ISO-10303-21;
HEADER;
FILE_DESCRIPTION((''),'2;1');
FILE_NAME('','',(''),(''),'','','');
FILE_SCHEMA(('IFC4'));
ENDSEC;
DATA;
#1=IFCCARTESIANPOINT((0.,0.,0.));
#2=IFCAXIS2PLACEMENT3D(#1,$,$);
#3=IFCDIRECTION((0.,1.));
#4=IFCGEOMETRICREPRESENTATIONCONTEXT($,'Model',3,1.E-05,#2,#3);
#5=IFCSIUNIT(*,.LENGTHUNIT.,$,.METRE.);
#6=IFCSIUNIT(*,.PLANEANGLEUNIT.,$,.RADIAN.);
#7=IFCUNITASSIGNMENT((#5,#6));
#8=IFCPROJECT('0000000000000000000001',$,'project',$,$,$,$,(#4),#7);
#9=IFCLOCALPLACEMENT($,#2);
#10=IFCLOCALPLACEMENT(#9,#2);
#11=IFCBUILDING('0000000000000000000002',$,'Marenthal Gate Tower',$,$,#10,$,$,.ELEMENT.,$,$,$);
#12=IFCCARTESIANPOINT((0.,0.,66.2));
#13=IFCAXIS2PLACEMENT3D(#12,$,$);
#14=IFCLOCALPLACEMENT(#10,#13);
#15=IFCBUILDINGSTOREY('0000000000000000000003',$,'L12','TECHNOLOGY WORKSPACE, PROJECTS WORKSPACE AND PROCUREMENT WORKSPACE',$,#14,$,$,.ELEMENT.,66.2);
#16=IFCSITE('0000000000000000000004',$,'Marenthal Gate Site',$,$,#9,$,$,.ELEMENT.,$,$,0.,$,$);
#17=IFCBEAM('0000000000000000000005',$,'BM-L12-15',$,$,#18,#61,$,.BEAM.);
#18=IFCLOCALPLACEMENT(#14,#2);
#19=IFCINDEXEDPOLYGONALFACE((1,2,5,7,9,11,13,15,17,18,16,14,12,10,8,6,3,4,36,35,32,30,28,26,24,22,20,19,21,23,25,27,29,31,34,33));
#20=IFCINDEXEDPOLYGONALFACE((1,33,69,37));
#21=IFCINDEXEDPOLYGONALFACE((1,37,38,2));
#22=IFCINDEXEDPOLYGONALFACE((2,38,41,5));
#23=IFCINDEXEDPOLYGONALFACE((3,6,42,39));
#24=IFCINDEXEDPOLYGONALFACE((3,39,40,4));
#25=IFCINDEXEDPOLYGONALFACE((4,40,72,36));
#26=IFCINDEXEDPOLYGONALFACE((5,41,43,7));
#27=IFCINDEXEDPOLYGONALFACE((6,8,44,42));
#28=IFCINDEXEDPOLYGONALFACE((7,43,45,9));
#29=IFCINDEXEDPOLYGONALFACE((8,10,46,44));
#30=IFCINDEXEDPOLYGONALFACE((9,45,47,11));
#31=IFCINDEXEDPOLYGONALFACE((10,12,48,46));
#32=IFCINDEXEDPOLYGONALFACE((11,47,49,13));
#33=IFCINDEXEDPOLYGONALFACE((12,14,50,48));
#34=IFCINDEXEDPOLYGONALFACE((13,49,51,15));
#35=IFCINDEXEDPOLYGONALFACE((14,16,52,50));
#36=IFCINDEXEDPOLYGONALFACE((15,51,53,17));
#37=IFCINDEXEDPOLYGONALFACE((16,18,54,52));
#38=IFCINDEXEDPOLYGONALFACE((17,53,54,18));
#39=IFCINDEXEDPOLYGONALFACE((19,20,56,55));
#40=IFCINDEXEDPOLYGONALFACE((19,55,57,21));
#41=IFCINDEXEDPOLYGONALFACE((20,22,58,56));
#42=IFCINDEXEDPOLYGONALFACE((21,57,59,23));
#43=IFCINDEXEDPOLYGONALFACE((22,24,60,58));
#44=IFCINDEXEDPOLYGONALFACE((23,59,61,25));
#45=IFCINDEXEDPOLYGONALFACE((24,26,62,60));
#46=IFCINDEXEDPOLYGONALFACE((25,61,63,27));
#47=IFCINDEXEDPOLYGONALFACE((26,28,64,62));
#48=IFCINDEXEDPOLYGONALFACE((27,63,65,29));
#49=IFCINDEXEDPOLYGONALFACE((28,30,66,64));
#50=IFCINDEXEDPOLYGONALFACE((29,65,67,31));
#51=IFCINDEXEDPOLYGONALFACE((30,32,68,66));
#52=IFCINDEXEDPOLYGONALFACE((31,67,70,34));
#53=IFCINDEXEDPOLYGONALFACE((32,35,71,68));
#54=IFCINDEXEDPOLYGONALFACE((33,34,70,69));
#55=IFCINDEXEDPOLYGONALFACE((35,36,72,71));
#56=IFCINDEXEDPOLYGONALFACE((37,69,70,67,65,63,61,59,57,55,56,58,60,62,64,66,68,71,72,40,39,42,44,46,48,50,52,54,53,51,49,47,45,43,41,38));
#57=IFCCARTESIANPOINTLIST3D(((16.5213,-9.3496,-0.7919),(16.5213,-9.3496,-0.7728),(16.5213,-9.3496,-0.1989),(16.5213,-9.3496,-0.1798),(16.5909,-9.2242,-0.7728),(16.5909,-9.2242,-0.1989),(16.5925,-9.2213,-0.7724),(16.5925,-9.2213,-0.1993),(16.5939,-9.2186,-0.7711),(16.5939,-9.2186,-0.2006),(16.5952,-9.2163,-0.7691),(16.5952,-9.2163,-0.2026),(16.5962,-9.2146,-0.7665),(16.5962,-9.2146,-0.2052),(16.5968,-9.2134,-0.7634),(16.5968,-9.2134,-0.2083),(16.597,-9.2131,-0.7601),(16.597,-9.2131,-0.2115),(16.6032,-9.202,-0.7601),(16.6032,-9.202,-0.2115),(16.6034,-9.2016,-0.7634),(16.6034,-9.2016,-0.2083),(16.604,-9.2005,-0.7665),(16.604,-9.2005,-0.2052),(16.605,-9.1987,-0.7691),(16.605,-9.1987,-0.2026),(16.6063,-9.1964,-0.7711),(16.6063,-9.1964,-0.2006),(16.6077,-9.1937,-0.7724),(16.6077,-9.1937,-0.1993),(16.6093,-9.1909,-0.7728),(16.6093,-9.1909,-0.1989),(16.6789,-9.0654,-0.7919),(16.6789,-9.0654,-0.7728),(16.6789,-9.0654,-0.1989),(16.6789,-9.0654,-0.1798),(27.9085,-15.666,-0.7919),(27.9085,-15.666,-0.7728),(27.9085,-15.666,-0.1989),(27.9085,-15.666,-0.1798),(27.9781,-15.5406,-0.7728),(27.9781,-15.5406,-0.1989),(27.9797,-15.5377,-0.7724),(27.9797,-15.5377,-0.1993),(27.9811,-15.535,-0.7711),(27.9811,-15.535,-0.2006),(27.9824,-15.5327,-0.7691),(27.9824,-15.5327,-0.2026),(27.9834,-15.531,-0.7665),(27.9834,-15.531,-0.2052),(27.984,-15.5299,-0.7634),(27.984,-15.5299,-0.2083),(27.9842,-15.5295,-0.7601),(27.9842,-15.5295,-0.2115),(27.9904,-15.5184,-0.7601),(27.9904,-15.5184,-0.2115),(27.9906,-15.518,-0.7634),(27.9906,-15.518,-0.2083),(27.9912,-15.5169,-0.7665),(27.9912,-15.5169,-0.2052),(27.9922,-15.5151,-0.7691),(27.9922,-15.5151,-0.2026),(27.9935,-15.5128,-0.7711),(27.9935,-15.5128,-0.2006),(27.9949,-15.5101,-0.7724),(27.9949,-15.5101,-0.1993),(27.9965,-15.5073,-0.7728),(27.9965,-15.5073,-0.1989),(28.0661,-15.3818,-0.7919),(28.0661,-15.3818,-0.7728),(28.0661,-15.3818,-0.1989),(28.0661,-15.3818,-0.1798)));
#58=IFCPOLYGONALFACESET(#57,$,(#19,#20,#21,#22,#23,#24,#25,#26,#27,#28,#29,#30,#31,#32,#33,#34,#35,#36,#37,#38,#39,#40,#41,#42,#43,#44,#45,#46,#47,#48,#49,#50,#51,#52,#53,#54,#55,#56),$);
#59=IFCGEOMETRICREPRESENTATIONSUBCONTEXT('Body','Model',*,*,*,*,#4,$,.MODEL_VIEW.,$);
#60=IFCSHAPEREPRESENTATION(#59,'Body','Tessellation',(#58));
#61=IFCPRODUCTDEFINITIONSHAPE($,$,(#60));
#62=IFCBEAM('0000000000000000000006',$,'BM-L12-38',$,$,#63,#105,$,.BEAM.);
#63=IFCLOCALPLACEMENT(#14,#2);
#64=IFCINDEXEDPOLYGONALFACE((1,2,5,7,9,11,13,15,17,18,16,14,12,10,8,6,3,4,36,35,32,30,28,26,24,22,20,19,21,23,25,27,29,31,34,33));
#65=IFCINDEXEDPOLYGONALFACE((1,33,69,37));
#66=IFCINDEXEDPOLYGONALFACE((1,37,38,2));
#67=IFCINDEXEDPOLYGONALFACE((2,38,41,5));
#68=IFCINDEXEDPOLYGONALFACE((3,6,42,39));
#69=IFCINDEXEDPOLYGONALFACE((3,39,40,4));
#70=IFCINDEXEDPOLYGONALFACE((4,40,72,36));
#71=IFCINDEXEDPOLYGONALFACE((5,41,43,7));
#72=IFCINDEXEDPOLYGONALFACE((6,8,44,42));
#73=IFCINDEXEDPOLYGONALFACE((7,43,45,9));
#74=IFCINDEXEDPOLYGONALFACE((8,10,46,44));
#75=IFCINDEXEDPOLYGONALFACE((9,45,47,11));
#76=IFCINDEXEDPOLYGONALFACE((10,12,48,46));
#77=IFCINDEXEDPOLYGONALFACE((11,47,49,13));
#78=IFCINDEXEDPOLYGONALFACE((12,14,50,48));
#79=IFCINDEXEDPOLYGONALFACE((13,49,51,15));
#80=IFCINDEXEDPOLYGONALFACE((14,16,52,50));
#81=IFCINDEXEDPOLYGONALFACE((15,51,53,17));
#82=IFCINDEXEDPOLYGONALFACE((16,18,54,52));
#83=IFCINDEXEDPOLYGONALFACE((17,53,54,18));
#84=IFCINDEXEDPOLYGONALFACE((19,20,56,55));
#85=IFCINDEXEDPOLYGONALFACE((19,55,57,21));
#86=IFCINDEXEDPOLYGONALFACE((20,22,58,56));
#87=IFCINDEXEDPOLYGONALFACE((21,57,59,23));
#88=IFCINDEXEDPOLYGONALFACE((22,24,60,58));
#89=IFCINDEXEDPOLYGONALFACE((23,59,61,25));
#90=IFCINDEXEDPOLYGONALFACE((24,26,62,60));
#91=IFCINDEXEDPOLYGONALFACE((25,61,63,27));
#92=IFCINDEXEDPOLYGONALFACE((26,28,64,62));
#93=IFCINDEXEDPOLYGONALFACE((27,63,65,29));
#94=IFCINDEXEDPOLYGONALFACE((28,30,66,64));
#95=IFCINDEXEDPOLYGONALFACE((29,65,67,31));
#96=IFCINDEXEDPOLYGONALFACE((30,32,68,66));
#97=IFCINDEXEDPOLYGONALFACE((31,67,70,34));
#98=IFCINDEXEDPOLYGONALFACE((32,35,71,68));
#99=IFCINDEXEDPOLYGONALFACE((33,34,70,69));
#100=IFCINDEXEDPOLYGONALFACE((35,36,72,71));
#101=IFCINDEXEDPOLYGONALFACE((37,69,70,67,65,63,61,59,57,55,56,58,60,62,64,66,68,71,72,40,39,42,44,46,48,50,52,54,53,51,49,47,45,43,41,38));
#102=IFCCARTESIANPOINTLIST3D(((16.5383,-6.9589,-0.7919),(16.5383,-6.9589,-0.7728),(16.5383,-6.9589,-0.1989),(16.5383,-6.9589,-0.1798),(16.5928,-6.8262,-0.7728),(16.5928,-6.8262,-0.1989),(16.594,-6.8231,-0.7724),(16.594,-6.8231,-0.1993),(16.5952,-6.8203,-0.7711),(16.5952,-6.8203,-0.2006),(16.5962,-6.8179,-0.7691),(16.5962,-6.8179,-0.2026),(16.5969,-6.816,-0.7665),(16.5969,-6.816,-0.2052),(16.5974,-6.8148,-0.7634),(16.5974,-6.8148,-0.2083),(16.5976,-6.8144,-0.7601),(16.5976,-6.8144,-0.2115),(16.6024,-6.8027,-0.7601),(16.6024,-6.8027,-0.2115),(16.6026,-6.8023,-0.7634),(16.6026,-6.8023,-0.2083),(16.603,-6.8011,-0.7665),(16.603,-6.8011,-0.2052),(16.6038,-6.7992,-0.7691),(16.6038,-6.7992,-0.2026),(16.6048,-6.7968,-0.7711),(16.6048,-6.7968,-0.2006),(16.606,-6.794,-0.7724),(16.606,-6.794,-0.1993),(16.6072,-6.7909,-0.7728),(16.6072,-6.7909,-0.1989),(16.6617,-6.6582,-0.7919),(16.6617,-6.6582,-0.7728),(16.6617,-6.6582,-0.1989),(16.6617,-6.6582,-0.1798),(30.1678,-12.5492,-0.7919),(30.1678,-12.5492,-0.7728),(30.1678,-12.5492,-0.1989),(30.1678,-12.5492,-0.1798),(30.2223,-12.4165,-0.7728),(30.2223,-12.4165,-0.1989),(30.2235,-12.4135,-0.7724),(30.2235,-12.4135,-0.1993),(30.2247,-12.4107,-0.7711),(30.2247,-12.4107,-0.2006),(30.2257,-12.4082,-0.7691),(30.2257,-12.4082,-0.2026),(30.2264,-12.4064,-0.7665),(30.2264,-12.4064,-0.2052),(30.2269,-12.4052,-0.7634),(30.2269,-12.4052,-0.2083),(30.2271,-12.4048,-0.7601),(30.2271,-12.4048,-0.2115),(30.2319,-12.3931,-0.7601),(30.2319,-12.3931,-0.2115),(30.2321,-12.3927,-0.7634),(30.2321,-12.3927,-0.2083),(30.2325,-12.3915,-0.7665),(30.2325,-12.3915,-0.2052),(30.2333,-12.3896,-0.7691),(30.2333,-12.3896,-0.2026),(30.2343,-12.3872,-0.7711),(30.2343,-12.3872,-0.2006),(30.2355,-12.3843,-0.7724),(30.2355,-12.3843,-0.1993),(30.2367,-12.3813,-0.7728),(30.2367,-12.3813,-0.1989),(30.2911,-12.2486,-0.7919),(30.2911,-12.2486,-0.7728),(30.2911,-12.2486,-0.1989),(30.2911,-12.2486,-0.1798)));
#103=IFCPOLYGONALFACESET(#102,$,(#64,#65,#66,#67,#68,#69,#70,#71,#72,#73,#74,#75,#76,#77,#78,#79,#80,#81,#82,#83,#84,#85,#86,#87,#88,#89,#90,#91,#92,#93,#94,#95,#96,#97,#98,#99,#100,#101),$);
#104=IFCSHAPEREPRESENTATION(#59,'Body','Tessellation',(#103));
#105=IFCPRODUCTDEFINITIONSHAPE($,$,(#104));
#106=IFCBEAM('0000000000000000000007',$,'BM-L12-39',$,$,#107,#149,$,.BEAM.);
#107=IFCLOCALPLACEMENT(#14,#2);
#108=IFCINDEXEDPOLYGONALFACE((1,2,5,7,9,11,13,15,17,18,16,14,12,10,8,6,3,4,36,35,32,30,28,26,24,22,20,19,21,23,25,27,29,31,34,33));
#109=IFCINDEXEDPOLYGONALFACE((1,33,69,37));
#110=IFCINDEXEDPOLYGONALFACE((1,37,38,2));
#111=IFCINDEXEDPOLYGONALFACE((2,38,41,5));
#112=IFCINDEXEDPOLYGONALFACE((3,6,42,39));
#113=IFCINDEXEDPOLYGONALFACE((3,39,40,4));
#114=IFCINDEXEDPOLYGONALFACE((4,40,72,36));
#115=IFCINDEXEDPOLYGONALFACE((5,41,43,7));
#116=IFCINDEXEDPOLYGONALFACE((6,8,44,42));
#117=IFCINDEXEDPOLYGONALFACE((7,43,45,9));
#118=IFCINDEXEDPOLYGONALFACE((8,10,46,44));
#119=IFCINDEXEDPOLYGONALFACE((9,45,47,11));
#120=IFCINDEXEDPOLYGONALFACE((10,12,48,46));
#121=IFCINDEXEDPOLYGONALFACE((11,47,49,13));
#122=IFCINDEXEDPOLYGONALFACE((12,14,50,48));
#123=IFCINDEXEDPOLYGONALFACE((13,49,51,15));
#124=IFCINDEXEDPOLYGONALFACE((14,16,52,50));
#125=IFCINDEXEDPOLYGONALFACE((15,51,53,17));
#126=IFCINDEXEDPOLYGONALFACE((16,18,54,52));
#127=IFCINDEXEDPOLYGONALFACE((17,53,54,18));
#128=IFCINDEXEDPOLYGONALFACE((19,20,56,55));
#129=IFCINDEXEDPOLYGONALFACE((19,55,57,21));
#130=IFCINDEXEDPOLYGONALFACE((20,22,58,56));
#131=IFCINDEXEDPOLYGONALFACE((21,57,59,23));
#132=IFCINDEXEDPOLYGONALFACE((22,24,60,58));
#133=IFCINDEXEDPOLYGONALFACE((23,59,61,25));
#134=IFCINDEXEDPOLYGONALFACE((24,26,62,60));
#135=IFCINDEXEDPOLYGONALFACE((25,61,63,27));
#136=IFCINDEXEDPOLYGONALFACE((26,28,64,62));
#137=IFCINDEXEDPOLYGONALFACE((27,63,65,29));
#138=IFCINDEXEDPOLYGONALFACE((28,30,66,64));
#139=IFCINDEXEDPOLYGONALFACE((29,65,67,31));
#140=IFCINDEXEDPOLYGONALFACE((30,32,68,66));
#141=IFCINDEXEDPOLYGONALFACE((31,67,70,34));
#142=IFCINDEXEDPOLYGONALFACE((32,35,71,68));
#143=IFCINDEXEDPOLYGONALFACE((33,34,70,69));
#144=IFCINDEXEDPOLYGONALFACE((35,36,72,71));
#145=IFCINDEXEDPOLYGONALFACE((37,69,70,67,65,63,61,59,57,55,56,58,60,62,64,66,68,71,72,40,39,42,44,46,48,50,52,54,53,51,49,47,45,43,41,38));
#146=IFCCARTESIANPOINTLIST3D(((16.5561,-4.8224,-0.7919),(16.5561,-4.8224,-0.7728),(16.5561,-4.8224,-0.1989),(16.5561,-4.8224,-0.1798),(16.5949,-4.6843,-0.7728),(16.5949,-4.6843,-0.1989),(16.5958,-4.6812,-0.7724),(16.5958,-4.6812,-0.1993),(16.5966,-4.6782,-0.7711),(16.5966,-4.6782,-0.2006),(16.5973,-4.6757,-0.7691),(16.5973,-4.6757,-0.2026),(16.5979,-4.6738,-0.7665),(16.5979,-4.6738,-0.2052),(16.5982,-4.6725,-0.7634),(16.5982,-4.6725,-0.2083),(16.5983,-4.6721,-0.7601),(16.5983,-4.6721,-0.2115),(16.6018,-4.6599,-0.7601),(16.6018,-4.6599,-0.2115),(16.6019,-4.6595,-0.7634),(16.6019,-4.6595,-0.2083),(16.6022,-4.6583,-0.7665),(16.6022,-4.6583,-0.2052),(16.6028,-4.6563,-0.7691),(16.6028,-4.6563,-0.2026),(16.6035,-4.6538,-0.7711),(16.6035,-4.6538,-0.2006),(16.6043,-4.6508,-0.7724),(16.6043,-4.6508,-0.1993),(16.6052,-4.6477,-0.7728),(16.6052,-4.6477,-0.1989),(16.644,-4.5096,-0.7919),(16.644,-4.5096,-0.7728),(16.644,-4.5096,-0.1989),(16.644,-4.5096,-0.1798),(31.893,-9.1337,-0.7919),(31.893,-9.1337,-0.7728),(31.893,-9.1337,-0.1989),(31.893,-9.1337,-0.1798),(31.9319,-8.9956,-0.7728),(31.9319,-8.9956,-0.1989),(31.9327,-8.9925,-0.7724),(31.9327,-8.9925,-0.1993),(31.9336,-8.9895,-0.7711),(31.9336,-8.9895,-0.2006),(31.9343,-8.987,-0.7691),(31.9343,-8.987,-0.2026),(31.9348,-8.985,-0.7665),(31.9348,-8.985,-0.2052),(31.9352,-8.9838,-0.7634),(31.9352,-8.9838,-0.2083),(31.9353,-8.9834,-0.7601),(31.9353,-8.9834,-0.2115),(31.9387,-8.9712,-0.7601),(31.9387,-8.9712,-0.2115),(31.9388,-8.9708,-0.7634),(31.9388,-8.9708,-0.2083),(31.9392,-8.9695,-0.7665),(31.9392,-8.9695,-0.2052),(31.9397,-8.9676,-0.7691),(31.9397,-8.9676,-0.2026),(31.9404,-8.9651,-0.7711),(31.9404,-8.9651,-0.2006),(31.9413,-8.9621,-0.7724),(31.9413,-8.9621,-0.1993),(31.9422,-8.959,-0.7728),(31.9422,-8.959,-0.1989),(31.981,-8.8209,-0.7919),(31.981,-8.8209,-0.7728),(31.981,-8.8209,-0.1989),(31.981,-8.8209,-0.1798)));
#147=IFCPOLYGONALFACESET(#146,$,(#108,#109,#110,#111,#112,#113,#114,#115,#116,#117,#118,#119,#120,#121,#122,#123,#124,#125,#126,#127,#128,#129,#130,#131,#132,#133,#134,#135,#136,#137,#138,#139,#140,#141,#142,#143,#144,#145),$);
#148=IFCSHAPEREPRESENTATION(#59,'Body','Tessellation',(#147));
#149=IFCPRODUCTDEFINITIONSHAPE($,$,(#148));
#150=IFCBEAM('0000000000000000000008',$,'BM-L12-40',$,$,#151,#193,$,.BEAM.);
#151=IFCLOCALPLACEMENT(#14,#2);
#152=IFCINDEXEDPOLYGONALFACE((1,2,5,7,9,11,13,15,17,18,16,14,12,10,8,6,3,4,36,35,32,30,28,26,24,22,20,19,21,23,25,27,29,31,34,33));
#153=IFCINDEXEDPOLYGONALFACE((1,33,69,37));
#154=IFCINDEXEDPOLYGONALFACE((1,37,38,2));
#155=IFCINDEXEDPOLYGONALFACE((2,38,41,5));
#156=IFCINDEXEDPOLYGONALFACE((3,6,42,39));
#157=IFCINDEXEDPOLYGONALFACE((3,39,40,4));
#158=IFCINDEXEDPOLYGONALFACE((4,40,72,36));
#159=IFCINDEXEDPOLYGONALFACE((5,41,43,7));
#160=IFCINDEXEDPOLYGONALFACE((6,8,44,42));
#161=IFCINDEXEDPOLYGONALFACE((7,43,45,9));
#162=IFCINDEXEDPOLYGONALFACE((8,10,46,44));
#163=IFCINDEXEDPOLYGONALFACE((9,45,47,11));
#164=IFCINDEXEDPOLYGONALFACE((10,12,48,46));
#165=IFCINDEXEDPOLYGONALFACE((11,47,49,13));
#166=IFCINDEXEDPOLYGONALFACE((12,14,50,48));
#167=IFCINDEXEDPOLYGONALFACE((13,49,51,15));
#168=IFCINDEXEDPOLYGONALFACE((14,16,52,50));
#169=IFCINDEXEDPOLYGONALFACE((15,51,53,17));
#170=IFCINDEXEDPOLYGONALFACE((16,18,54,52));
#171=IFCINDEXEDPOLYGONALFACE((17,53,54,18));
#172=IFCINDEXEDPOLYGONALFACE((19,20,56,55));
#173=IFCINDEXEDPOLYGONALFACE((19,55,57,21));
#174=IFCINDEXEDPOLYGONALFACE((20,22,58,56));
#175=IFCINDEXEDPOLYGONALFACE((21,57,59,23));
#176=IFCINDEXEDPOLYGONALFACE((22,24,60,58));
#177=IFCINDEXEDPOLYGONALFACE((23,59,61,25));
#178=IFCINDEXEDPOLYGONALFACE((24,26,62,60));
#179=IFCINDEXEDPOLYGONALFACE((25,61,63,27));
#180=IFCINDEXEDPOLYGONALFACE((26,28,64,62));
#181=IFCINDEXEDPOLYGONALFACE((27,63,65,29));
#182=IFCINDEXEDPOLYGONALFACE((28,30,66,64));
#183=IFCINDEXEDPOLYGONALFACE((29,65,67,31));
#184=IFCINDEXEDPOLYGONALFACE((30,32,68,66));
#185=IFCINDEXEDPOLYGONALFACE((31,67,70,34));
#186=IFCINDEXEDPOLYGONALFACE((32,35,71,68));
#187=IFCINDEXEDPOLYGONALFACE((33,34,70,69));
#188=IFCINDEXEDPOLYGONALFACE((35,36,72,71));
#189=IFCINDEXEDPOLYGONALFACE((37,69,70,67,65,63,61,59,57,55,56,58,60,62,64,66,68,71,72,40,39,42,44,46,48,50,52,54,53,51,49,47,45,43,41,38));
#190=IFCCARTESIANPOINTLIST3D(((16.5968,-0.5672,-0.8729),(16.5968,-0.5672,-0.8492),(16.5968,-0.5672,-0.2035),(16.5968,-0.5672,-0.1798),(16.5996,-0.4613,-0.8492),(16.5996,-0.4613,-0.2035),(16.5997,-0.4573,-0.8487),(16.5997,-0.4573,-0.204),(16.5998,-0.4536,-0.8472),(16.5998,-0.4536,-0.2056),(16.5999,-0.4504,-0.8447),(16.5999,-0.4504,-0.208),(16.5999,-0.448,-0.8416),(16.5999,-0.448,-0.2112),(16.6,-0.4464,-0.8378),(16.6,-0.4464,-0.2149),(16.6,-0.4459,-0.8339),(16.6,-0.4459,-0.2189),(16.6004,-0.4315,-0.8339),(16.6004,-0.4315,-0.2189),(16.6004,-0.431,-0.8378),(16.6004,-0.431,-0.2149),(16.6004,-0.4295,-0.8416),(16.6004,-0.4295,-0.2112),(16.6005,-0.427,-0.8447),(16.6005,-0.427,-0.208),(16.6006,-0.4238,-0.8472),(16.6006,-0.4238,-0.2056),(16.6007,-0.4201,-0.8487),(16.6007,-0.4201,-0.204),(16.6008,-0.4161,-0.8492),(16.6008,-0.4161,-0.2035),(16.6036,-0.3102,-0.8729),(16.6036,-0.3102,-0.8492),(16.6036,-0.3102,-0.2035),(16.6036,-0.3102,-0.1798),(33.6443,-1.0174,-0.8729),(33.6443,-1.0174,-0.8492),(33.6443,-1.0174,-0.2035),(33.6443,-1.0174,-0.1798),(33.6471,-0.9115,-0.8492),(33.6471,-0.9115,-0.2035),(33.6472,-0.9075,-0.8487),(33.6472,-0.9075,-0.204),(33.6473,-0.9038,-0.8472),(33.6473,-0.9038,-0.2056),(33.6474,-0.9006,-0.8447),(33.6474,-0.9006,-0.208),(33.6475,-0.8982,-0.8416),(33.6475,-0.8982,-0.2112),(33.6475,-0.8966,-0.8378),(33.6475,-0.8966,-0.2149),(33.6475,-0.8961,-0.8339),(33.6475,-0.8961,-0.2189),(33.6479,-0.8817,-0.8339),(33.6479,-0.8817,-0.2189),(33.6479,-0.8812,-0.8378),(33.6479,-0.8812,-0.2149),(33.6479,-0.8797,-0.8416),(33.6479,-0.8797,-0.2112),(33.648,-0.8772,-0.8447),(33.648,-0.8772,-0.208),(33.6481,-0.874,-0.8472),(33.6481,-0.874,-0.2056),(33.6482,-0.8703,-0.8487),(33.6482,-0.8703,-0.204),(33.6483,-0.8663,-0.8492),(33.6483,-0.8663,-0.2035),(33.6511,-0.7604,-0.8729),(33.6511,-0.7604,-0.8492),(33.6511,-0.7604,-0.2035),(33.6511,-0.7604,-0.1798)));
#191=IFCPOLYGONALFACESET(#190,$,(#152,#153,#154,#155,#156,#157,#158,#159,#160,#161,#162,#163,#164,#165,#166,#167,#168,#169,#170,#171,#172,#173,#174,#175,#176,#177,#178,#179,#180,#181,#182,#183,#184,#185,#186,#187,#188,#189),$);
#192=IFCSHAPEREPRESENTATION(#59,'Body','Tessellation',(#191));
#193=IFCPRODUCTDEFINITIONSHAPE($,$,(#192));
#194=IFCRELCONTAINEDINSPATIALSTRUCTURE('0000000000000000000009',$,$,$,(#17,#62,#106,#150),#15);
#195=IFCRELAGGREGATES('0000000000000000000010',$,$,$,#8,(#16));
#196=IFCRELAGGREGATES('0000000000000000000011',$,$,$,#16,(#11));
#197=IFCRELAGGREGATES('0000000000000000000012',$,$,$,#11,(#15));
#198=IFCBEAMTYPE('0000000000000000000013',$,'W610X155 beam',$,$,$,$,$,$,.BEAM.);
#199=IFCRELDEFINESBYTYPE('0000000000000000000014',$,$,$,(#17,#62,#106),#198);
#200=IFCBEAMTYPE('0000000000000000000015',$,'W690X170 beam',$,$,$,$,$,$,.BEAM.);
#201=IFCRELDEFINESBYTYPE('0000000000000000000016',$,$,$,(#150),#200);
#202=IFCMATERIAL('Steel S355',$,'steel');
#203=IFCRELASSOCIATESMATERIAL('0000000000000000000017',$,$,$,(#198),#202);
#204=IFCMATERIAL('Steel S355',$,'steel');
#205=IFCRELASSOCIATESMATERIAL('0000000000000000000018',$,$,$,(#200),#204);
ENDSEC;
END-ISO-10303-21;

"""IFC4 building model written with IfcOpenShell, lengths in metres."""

from ifc_helpers import new_model, si_unit, direction, frame, origin, origin_2d, place, context, subcontext, project, spatial, i_section, extrude, material, material_profile, profile_set, type_object, element, save


model = new_model("IFC4")

# Units and contexts
model_context = context("Model", 3, precision=1e-05, world=origin(), true_north=direction((0.0, 1.0)))
body_context = subcontext(model_context, "Body", "Model", "MODEL_VIEW")
ifc_project = project(units=[si_unit("LENGTHUNIT", "METRE"), si_unit("PLANEANGLEUNIT", "RADIAN")], contexts=[model_context])

# Site, building, storey
site_placement = place(None, origin())
site = spatial("IfcSite", under=ifc_project, at=site_placement, Name="Marenthal Gate Site", CompositionType="ELEMENT", RefElevation=0.0)
building_placement = place(site_placement, origin())
building = spatial("IfcBuilding", under=site, at=building_placement, Name="Marenthal Gate Tower", CompositionType="ELEMENT")
storey_placement = place(building_placement, frame((0.0, 0.0, 66.2)))
storey = spatial("IfcBuildingStorey", under=building, at=storey_placement, Name="L12", Description="TECHNOLOGY WORKSPACE, PROJECTS WORKSPACE AND PROCUREMENT WORKSPACE", CompositionType="ELEMENT", Elevation=66.2)

# Beams
ifc_material_1 = material(Name="Steel S355", Category="steel")
ifc_material_profile_1 = material_profile(ifc_material_1, i_section(OverallWidth=0.325, OverallDepth=0.6121, WebThickness=0.0127, FlangeThickness=0.019, FilletRadius=0.0127, at=origin_2d()), Name="W610X155")
ifc_profile_set_1 = profile_set([ifc_material_profile_1], Name="Steel S355")
beam_type_1 = type_object("IfcBeamType", Name="W610X155 beam", PredefinedType="BEAM", material=ifc_profile_set_1)
beam_1_placement = place(storey_placement, frame((27.9873, -15.5239, -0.4858), z_axis=(-0.874477, 0.485067, 0.0), x_axis=(-0.485067, -0.874477, 0.0)))
element("IfcBeam", 1, at=beam_1_placement, inside=storey, type_object=beam_type_1, Name="BM-L12-15", PredefinedType="BEAM", context=body_context, shape_type="SweptSolid", body=[
    extrude(i_section(OverallWidth=0.325, OverallDepth=0.6121, WebThickness=0.0127, FlangeThickness=0.019, FilletRadius=0.0127, at=origin_2d()), origin(), (0.0, 0.0, 1.0), 13.0217),
])
beam_2_placement = place(storey_placement, frame((30.2295, -12.3989, -0.4858), z_axis=(-0.925198, 0.379486, 0.0), x_axis=(-0.379486, -0.925198, 0.0)))
element("IfcBeam", 2, at=beam_2_placement, inside=storey, type_object=beam_type_1, Name="BM-L12-38", PredefinedType="BEAM", context=body_context, shape_type="SweptSolid", body=[
    extrude(i_section(OverallWidth=0.325, OverallDepth=0.6121, WebThickness=0.0127, FlangeThickness=0.019, FilletRadius=0.0127, at=origin_2d()), origin(), (0.0, 0.0, 1.0), 14.7314),
])
beam_3_placement = place(storey_placement, frame((31.937, -8.9773, -0.4858), z_axis=(-0.962687, 0.270616, 0.0), x_axis=(-0.270616, -0.962687, 0.0)))
element("IfcBeam", 3, at=beam_3_placement, inside=storey, type_object=beam_type_1, Name="BM-L12-39", PredefinedType="BEAM", context=body_context, shape_type="SweptSolid", body=[
    extrude(i_section(OverallWidth=0.325, OverallDepth=0.6121, WebThickness=0.0127, FlangeThickness=0.019, FilletRadius=0.0127, at=origin_2d()), origin(), (0.0, 0.0, 1.0), 15.9314),
])
ifc_material_2 = material(Name="Steel S355", Category="steel")
ifc_material_profile_2 = material_profile(ifc_material_2, i_section(OverallWidth=0.2571, OverallDepth=0.6931, WebThickness=0.0144, FlangeThickness=0.0237, FilletRadius=0.0154, at=origin_2d()), Name="W690X170")
ifc_profile_set_2 = profile_set([ifc_material_profile_2], Name="Steel S355")
beam_type_2 = type_object("IfcBeamType", Name="W690X170 beam", PredefinedType="BEAM", material=ifc_profile_set_2)
beam_4_placement = place(storey_placement, frame((33.6477, -0.8889, -0.5264), z_axis=(-0.999651, 0.026399, 0.0), x_axis=(-0.026399, -0.999651, 0.0)))
element("IfcBeam", 4, at=beam_4_placement, inside=storey, type_object=beam_type_2, Name="BM-L12-40", PredefinedType="BEAM", context=body_context, shape_type="SweptSolid", body=[
    extrude(i_section(OverallWidth=0.2571, OverallDepth=0.6931, WebThickness=0.0144, FlangeThickness=0.0237, FilletRadius=0.0154, at=origin_2d()), origin(), (0.0, 0.0, 1.0), 17.0535),
])

save(model, "model.ifc")
